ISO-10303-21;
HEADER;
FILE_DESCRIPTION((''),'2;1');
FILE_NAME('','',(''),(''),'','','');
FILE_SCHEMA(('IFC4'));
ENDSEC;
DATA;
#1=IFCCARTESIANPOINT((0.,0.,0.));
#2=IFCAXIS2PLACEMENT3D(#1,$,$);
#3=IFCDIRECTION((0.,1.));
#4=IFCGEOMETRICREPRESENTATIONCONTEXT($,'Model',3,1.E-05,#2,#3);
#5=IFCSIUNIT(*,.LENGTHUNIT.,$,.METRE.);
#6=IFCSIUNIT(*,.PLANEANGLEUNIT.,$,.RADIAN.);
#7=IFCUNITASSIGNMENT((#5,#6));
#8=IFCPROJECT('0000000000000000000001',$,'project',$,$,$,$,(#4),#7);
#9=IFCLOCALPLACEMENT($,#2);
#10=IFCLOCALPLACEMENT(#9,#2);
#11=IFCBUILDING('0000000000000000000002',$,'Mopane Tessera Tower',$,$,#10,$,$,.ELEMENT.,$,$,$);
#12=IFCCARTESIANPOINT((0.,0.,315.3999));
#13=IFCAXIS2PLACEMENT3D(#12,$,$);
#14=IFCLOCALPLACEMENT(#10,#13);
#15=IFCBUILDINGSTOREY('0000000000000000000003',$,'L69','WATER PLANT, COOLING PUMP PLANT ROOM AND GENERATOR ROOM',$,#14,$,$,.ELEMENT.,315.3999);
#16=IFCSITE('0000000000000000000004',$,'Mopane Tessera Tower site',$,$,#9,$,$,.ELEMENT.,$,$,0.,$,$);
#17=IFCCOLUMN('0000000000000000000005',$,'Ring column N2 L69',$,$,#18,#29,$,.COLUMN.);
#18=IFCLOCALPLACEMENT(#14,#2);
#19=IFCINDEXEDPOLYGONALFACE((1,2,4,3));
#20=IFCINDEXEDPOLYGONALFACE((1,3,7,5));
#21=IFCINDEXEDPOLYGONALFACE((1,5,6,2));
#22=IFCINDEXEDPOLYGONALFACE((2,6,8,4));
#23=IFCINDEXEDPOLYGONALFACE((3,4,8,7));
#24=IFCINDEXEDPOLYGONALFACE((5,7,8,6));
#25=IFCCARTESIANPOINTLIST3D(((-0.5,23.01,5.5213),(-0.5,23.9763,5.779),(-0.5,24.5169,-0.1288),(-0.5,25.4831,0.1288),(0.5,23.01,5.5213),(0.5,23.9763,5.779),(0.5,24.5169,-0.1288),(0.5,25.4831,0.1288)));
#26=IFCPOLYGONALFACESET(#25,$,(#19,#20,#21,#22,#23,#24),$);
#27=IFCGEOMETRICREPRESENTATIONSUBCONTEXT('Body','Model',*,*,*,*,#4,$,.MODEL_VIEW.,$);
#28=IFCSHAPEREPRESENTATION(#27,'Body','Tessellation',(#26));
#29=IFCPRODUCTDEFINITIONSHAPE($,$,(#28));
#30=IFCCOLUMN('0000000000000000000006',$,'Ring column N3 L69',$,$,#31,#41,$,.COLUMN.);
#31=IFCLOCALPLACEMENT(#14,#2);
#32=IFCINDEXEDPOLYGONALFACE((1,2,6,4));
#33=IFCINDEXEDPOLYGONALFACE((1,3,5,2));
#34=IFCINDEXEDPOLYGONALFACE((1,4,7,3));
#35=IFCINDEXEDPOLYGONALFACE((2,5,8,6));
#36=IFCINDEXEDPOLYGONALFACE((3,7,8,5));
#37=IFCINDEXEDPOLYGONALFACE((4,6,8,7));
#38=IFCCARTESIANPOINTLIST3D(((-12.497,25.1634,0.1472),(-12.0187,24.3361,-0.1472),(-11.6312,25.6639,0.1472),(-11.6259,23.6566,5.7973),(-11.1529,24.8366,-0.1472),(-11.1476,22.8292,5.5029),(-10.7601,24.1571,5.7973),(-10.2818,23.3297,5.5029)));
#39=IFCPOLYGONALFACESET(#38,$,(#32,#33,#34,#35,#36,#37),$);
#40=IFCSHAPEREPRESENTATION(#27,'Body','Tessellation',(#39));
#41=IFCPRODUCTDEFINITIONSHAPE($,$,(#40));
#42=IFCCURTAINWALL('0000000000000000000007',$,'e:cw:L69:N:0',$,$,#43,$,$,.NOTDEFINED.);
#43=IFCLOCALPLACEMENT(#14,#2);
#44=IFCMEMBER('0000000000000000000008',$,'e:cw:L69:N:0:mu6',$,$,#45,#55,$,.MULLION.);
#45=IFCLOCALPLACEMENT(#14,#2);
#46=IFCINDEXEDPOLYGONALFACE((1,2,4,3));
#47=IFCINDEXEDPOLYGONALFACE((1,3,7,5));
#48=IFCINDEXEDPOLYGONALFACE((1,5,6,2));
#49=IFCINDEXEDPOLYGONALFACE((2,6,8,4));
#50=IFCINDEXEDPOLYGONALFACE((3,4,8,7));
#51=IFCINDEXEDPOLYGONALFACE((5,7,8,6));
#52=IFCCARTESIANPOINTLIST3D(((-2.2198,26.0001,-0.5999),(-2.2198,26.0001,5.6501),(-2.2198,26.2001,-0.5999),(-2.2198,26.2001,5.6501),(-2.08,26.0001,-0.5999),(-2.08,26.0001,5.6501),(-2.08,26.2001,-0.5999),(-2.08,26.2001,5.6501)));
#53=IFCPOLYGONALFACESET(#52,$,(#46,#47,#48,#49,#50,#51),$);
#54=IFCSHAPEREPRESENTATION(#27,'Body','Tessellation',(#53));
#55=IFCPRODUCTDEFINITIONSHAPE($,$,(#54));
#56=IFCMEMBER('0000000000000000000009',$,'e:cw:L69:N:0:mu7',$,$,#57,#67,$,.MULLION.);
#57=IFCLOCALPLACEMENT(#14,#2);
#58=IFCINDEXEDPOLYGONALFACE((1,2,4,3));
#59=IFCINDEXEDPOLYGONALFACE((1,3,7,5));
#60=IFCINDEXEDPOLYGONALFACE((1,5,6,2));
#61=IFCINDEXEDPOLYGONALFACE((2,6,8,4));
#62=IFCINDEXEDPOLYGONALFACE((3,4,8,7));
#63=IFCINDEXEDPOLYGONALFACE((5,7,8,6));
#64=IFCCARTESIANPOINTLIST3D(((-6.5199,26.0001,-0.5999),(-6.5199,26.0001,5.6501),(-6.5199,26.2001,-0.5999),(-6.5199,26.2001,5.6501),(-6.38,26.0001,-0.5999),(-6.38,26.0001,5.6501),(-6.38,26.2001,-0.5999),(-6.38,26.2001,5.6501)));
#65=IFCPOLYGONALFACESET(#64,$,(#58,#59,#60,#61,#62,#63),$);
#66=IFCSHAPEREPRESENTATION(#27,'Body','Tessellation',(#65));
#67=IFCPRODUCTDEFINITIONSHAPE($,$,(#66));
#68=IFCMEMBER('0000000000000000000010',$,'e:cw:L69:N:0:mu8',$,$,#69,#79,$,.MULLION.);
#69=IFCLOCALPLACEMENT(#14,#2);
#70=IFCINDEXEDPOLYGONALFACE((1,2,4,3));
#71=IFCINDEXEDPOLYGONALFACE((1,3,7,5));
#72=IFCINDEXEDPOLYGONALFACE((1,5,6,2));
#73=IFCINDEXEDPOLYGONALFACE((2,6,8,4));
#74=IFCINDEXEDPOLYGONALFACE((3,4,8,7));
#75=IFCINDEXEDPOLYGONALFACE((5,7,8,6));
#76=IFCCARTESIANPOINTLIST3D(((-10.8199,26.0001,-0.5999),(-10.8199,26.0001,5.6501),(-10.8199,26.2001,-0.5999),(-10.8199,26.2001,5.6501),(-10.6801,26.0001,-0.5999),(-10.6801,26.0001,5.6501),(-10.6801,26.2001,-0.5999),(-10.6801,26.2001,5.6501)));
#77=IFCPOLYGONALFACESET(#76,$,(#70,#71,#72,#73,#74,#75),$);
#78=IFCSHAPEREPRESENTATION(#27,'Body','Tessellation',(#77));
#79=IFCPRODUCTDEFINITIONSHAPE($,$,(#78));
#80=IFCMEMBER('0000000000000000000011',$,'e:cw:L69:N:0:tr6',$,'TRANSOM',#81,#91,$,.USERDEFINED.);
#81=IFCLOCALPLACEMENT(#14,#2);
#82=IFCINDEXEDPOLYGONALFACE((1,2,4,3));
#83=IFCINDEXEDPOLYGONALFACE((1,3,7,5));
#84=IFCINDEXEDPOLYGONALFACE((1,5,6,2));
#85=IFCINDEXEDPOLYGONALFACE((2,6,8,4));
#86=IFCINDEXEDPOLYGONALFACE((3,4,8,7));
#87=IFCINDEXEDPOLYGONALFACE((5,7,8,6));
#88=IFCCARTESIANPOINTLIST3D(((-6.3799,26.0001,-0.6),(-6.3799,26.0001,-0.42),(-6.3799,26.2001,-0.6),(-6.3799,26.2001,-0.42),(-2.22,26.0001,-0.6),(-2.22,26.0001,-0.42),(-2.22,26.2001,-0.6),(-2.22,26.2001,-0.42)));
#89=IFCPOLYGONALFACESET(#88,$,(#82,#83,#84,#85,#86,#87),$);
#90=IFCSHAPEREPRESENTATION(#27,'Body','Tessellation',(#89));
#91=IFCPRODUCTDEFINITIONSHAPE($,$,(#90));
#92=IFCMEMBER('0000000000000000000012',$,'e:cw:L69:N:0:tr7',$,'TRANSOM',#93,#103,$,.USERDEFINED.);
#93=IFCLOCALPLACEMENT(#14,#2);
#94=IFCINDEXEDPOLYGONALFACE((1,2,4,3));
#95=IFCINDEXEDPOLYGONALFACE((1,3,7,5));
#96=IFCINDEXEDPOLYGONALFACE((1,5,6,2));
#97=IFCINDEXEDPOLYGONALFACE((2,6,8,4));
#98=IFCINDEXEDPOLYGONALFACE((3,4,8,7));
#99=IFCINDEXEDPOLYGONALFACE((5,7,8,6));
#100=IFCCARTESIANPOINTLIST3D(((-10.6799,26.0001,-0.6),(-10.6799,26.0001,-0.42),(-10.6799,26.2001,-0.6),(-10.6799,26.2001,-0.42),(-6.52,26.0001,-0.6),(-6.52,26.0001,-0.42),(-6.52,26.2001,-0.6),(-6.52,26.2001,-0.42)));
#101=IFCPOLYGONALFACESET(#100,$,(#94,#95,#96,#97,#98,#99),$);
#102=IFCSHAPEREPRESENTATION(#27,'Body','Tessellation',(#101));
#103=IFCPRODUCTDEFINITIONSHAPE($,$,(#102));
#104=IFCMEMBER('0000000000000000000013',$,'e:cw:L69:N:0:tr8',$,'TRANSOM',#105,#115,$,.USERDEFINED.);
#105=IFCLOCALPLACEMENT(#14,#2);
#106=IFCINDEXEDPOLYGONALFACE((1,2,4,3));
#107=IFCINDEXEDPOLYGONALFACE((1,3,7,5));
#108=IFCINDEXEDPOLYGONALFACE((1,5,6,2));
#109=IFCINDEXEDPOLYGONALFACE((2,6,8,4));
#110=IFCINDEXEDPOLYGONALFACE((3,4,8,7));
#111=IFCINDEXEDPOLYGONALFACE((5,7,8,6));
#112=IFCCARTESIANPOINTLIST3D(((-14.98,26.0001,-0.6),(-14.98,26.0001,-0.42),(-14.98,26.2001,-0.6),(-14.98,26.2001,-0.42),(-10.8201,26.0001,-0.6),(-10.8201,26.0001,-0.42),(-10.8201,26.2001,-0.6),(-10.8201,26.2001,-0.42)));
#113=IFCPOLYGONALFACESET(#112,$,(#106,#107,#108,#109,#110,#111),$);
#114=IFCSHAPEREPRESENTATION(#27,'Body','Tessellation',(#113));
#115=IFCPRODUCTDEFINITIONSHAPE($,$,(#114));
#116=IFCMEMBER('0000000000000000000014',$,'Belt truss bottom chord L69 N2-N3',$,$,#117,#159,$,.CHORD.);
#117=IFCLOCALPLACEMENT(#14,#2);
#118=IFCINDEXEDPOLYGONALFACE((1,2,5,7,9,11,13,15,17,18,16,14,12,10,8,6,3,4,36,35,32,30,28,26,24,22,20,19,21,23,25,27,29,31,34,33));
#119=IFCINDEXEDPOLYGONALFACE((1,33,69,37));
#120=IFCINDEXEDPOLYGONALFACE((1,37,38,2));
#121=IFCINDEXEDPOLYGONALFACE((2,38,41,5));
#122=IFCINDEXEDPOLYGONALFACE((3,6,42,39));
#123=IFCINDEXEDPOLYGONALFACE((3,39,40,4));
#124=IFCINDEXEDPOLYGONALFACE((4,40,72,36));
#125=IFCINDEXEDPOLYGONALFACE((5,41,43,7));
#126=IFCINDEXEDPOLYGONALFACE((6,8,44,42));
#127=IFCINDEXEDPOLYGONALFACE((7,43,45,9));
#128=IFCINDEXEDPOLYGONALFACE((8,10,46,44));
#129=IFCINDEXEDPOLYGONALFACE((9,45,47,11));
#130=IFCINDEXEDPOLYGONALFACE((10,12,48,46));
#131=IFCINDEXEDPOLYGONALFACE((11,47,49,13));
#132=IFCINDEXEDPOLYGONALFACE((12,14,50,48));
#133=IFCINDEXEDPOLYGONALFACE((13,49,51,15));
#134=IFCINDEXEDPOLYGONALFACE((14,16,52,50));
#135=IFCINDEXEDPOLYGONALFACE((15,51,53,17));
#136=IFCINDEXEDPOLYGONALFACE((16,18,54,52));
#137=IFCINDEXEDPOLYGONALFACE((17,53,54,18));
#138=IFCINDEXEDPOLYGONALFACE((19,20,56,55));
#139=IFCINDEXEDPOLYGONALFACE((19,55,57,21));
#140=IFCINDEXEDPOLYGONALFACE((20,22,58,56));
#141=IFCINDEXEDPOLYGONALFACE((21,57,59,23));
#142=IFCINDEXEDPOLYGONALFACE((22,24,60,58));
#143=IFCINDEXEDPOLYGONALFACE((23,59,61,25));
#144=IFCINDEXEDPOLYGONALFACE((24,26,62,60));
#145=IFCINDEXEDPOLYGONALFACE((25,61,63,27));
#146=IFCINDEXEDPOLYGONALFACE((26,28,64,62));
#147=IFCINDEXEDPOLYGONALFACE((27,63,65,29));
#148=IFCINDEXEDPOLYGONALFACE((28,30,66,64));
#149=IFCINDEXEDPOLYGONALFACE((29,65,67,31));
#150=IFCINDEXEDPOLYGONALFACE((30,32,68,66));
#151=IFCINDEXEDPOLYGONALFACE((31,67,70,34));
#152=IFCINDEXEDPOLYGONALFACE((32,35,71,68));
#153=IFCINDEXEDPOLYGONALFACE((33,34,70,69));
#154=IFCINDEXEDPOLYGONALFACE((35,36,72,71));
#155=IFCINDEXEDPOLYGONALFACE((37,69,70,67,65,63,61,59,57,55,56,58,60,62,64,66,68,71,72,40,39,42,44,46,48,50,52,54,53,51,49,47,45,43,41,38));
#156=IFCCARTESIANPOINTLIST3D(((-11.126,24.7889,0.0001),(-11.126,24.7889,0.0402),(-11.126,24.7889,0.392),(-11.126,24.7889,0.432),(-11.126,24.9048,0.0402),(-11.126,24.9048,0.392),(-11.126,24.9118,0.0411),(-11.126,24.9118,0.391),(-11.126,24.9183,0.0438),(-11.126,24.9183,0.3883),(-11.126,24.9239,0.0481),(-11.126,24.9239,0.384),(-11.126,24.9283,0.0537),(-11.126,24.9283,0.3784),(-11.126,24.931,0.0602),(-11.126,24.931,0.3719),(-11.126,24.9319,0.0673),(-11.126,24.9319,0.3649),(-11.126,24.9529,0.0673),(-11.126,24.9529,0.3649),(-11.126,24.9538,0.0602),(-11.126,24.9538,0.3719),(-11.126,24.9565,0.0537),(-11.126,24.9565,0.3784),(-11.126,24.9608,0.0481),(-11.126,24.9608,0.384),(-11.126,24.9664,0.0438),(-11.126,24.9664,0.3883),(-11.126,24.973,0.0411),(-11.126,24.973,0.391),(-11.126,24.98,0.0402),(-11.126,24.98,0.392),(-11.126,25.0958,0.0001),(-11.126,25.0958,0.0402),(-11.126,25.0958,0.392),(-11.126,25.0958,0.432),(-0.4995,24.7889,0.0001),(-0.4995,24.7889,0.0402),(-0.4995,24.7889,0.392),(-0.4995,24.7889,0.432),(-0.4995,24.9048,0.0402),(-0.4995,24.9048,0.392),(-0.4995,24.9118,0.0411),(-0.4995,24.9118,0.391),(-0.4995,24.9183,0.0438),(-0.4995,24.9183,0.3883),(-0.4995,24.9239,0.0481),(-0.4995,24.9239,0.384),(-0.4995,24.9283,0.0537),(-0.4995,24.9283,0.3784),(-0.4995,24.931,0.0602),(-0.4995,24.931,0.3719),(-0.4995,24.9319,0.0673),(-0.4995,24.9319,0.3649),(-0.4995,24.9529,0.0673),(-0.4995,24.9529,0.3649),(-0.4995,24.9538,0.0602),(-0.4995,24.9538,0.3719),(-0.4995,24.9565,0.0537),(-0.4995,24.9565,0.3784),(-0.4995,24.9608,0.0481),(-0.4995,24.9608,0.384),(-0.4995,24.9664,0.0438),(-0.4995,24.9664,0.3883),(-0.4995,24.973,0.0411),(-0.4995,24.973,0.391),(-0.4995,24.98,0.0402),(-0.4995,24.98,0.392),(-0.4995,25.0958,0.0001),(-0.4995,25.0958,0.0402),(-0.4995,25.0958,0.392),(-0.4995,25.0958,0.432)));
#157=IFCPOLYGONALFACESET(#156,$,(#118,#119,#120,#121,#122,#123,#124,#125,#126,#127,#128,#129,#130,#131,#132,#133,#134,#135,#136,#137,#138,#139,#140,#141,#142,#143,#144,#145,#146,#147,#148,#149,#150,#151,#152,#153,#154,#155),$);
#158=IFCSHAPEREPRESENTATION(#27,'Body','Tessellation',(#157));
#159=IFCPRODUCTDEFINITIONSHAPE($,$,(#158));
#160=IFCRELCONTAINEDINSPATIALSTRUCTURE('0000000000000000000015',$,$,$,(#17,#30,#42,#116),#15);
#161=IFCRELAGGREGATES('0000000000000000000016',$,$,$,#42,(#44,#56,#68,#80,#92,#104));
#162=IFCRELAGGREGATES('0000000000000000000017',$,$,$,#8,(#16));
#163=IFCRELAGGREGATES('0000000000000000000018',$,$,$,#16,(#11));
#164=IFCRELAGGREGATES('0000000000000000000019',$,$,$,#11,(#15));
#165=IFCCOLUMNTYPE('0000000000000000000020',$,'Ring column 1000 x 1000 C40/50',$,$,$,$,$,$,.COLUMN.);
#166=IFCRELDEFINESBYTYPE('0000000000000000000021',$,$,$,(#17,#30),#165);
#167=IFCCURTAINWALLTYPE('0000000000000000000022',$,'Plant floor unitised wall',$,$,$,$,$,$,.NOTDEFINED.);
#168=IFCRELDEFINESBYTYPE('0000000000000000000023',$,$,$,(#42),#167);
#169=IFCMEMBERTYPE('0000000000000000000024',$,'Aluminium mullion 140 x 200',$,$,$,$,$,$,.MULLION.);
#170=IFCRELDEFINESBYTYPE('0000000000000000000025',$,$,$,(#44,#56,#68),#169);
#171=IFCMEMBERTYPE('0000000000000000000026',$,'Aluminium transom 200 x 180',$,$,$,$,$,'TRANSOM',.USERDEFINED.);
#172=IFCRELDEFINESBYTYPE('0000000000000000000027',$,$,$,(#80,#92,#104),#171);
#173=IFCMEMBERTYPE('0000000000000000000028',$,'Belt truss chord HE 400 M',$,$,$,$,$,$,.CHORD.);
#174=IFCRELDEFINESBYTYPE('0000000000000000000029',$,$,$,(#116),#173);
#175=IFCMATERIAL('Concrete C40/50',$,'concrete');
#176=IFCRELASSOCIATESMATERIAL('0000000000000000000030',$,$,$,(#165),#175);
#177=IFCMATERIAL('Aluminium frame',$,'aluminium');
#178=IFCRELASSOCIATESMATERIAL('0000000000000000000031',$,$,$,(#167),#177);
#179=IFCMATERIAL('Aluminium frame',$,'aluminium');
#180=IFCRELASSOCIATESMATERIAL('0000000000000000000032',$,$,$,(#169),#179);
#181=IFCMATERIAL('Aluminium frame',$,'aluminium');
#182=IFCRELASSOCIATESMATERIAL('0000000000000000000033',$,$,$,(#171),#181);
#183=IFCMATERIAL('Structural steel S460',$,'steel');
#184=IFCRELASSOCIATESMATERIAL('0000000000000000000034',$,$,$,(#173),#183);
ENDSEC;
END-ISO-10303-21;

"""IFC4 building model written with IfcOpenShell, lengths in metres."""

from ifc_helpers import new_model, si_unit, direction, frame, origin, origin_2d, place, context, subcontext, project, spatial, rectangle, i_section, extrude, material, material_profile, profile_set, type_object, element, aggregate, save


model = new_model("IFC4")

# Units and contexts
model_context = context("Model", 3, precision=1e-05, world=origin(), true_north=direction((0.0, 1.0)))
body_context = subcontext(model_context, "Body", "Model", "MODEL_VIEW")
ifc_project = project(units=[si_unit("LENGTHUNIT", "METRE"), si_unit("PLANEANGLEUNIT", "RADIAN")], contexts=[model_context])

# Site, building, storey
site_placement = place(None, origin())
site = spatial("IfcSite", under=ifc_project, at=site_placement, Name="Mopane Tessera Tower site", CompositionType="ELEMENT", RefElevation=0.0)
building_placement = place(site_placement, origin())
building = spatial("IfcBuilding", under=site, at=building_placement, Name="Mopane Tessera Tower", CompositionType="ELEMENT")
storey_placement = place(building_placement, frame((0.0, 0.0, 315.3999)))
storey = spatial("IfcBuildingStorey", under=building, at=storey_placement, Name="L69", Description="WATER PLANT, COOLING PUMP PLANT ROOM AND GENERATOR ROOM", CompositionType="ELEMENT", Elevation=315.3999)

# Columns
ifc_material_1 = material(Name="Concrete C40/50", Category="concrete")
ifc_material_profile_1 = material_profile(ifc_material_1, rectangle(XDim=1.0, YDim=1.0, at=origin_2d()))
ifc_profile_set_1 = profile_set([ifc_material_profile_1], Name="Concrete C40/50")
column_type = type_object("IfcColumnType", Name="Ring column 1000 x 1000 C40/50", PredefinedType="COLUMN", material=ifc_profile_set_1)
column_1_placement = place(storey_placement, frame((0.0, 25.0, 0.0), z_axis=(0.0, -0.257683, 0.966229), x_axis=(1.0, 0.0, 0.0)))
element("IfcColumn", 1, at=column_1_placement, inside=storey, type_object=column_type, Name="Ring column N2 L69", PredefinedType="COLUMN", context=body_context, shape_type="SweptSolid", body=[
    extrude(rectangle(XDim=1.0, YDim=1.0, at=origin_2d()), origin(), (0.0, 0.0, 1.0), 5.8477),
])
column_2_placement = place(storey_placement, frame((-11.825, 25.0, 0.0), z_axis=(0.14734, -0.254871, 0.955684), x_axis=(0.865746, 0.500483, 0.0)))
element("IfcColumn", 2, at=column_2_placement, inside=storey, type_object=column_type, Name="Ring column N3 L69", PredefinedType="COLUMN", context=body_context, shape_type="SweptSolid", body=[
    extrude(rectangle(XDim=1.0, YDim=1.0, at=origin_2d()), origin(), (0.0, 0.0, 1.0), 5.9121),
])

# Curtain wall, members
ifc_material_2 = material(Name="Aluminium frame", Category="aluminium")
curtain_wall_type = type_object("IfcCurtainWallType", Name="Plant floor unitised wall", PredefinedType="NOTDEFINED", material=ifc_material_2)
curtain_wall_placement = place(storey_placement, origin())
curtain_wall = element("IfcCurtainWall", 3, at=curtain_wall_placement, inside=storey, type_object=curtain_wall_type, Name="e:cw:L69:N:0", PredefinedType="NOTDEFINED")
ifc_material_3 = material(Name="Aluminium frame", Category="aluminium")
ifc_material_profile_2 = material_profile(ifc_material_3, rectangle(XDim=0.1399, YDim=0.2, at=origin_2d()))
ifc_profile_set_2 = profile_set([ifc_material_profile_2], Name="Aluminium frame")
member_type_1 = type_object("IfcMemberType", Name="Aluminium mullion 140 x 200", PredefinedType="MULLION", material=ifc_profile_set_2)
member_1_placement = place(storey_placement, frame((-2.1499, 26.1001, -0.5999), z_axis=(0.0, 0.0, 1.0), x_axis=(-1.0, 0.0, 0.0)))
member_1 = element("IfcMember", 4, at=member_1_placement, type_object=member_type_1, Name="e:cw:L69:N:0:mu6", PredefinedType="MULLION", context=body_context, shape_type="SweptSolid", body=[
    extrude(rectangle(XDim=0.1399, YDim=0.2, at=origin_2d()), origin(), (0.0, 0.0, 1.0), 6.25),
])
member_2_placement = place(storey_placement, frame((-6.45, 26.1001, -0.5999), z_axis=(0.0, 0.0, 1.0), x_axis=(-1.0, 0.0, 0.0)))
member_2 = element("IfcMember", 5, at=member_2_placement, type_object=member_type_1, Name="e:cw:L69:N:0:mu7", PredefinedType="MULLION", context=body_context, shape_type="SweptSolid", body=[
    extrude(rectangle(XDim=0.1399, YDim=0.2, at=origin_2d()), origin(), (0.0, 0.0, 1.0), 6.25),
])
member_3_placement = place(storey_placement, frame((-10.75, 26.1001, -0.5999), z_axis=(0.0, 0.0, 1.0), x_axis=(-1.0, 0.0, 0.0)))
member_3 = element("IfcMember", 6, at=member_3_placement, type_object=member_type_1, Name="e:cw:L69:N:0:mu8", PredefinedType="MULLION", context=body_context, shape_type="SweptSolid", body=[
    extrude(rectangle(XDim=0.1399, YDim=0.2, at=origin_2d()), origin(), (0.0, 0.0, 1.0), 6.25),
])
ifc_material_4 = material(Name="Aluminium frame", Category="aluminium")
ifc_material_profile_3 = material_profile(ifc_material_4, rectangle(XDim=0.2, YDim=0.1799, at=origin_2d()))
ifc_profile_set_3 = profile_set([ifc_material_profile_3], Name="Aluminium frame")
member_type_2 = type_object("IfcMemberType", Name="Aluminium transom 200 x 180", ElementType="TRANSOM", PredefinedType="USERDEFINED", material=ifc_profile_set_3)
member_4_placement = place(storey_placement, frame((-2.22, 26.1001, -0.51), z_axis=(-1.0, 0.0, 0.0), x_axis=(0.0, -1.0, 0.0)))
member_4 = element("IfcMember", 7, at=member_4_placement, type_object=member_type_2, Name="e:cw:L69:N:0:tr6", ObjectType="TRANSOM", PredefinedType="USERDEFINED", context=body_context, shape_type="SweptSolid", body=[
    extrude(rectangle(XDim=0.2, YDim=0.1799, at=origin_2d()), origin(), (0.0, 0.0, 1.0), 4.1599),
])
member_5_placement = place(storey_placement, frame((-6.52, 26.1001, -0.51), z_axis=(-1.0, 0.0, 0.0), x_axis=(0.0, -1.0, 0.0)))
member_5 = element("IfcMember", 8, at=member_5_placement, type_object=member_type_2, Name="e:cw:L69:N:0:tr7", ObjectType="TRANSOM", PredefinedType="USERDEFINED", context=body_context, shape_type="SweptSolid", body=[
    extrude(rectangle(XDim=0.2, YDim=0.1799, at=origin_2d()), origin(), (0.0, 0.0, 1.0), 4.1599),
])
member_6_placement = place(storey_placement, frame((-10.8201, 26.1001, -0.51), z_axis=(-1.0, 0.0, 0.0), x_axis=(0.0, -1.0, 0.0)))
member_6 = element("IfcMember", 9, at=member_6_placement, type_object=member_type_2, Name="e:cw:L69:N:0:tr8", ObjectType="TRANSOM", PredefinedType="USERDEFINED", context=body_context, shape_type="SweptSolid", body=[
    extrude(rectangle(XDim=0.2, YDim=0.1799, at=origin_2d()), origin(), (0.0, 0.0, 1.0), 4.1599),
])

# Member
ifc_material_5 = material(Name="Structural steel S460", Category="steel")
ifc_material_profile_4 = material_profile(ifc_material_5, i_section(OverallWidth=0.3069, OverallDepth=0.4319, WebThickness=0.021, FlangeThickness=0.04, FilletRadius=0.0271, at=origin_2d()))
ifc_profile_set_4 = profile_set([ifc_material_profile_4], Name="Structural steel S460")
member_type_3 = type_object("IfcMemberType", Name="Belt truss chord HE 400 M", PredefinedType="CHORD", material=ifc_profile_set_4)
member_7_placement = place(storey_placement, frame((-0.4995, 24.9424, 0.2161), z_axis=(-1.0, 0.0, 0.0), x_axis=(0.0, -1.0, 0.0)))
element("IfcMember", 10, at=member_7_placement, inside=storey, type_object=member_type_3, Name="Belt truss bottom chord L69 N2-N3", PredefinedType="CHORD", context=body_context, shape_type="SweptSolid", body=[
    extrude(i_section(OverallWidth=0.3069, OverallDepth=0.4319, WebThickness=0.021, FlangeThickness=0.04, FilletRadius=0.0271, at=origin_2d()), origin(), (0.0, 0.0, 1.0), 10.6265),
])

aggregate(curtain_wall, [member_1, member_2, member_3, member_4, member_5, member_6])

save(model, "model.ifc")
